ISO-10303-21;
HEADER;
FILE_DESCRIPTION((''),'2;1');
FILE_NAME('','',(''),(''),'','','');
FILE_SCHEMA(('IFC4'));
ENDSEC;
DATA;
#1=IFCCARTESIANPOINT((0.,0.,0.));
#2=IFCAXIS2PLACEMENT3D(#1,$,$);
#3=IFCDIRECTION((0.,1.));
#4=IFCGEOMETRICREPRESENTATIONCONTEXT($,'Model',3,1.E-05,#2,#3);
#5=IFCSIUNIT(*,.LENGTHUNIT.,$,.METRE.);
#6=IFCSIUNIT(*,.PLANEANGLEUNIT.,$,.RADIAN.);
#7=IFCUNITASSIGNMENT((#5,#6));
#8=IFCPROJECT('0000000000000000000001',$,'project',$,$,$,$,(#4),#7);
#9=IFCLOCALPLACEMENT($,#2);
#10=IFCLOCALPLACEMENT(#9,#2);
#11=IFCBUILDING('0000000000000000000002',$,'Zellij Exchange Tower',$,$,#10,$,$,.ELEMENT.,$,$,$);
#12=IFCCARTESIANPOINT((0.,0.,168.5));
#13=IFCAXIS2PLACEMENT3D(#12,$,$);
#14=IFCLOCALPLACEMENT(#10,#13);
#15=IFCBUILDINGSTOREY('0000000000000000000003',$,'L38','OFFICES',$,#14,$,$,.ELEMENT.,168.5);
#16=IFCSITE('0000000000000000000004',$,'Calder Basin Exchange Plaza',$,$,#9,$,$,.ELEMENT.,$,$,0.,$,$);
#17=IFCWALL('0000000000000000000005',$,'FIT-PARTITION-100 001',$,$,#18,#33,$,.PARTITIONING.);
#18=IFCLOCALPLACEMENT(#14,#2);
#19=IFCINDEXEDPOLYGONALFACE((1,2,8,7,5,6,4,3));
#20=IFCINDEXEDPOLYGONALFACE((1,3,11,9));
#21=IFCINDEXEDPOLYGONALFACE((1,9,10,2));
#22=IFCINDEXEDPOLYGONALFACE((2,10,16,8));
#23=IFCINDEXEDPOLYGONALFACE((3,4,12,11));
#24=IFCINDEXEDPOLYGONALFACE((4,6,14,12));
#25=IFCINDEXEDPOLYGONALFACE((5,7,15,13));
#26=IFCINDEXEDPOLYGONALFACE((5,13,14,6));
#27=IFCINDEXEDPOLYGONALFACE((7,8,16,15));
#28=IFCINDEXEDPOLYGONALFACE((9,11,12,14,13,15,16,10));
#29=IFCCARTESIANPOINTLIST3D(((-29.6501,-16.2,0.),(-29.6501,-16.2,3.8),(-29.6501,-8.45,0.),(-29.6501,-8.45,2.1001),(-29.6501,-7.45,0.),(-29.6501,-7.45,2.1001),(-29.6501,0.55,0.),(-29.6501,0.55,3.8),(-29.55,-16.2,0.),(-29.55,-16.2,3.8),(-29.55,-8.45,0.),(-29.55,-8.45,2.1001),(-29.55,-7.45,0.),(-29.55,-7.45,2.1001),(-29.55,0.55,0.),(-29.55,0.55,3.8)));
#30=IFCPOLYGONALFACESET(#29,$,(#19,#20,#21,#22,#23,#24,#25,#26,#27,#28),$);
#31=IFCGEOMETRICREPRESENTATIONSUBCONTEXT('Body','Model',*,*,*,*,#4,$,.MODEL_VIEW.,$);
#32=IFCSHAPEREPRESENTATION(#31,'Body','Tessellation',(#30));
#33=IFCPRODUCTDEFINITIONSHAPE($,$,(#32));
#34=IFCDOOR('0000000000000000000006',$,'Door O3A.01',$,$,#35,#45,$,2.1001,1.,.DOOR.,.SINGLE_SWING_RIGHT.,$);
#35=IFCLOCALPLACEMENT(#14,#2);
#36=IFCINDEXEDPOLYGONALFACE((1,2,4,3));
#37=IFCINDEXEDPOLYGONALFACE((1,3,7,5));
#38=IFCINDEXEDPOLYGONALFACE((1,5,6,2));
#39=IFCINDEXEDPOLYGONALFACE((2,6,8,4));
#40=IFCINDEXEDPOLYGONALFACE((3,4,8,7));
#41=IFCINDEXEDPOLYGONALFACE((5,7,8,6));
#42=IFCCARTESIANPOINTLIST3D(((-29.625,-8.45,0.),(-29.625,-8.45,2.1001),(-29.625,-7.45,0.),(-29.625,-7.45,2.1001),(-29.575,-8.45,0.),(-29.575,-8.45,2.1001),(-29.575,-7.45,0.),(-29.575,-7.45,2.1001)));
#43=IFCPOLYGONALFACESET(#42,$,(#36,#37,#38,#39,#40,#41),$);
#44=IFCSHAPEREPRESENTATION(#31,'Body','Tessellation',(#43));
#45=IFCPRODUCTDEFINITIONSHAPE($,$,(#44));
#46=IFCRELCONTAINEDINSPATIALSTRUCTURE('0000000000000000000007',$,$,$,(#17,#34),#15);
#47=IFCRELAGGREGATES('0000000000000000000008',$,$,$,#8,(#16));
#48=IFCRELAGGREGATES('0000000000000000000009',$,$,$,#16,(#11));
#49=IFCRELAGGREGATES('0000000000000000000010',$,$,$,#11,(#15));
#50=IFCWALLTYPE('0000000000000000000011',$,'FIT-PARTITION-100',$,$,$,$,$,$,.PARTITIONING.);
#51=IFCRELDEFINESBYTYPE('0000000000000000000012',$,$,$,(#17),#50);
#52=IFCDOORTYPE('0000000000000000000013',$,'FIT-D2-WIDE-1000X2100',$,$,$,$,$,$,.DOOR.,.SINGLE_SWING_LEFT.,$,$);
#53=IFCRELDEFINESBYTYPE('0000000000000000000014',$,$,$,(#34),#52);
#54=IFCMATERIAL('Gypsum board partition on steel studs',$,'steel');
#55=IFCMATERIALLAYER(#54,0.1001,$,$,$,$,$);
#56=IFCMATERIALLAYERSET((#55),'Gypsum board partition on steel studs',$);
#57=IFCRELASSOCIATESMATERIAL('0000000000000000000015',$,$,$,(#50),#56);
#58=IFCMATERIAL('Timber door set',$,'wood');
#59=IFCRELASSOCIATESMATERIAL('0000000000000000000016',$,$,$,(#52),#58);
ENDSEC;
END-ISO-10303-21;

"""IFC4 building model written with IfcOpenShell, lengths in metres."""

from ifc_helpers import new_model, si_unit, direction, frame, frame_2d, origin, place, context, subcontext, project, spatial, rectangle, extrude, material, layer, layer_set, type_object, element, fill, save


model = new_model("IFC4")

# Units and contexts
model_context = context("Model", 3, precision=1e-05, world=origin(), true_north=direction((0.0, 1.0)))
body_context = subcontext(model_context, "Body", "Model", "MODEL_VIEW")
ifc_project = project(units=[si_unit("LENGTHUNIT", "METRE"), si_unit("PLANEANGLEUNIT", "RADIAN")], contexts=[model_context])

# Site, building, storey
site_placement = place(None, origin())
site = spatial("IfcSite", under=ifc_project, at=site_placement, Name="Calder Basin Exchange Plaza", CompositionType="ELEMENT", RefElevation=0.0)
building_placement = place(site_placement, origin())
building = spatial("IfcBuilding", under=site, at=building_placement, Name="Zellij Exchange Tower", CompositionType="ELEMENT")
storey_placement = place(building_placement, frame((0.0, 0.0, 168.5)))
storey = spatial("IfcBuildingStorey", under=building, at=storey_placement, Name="L38", Description="OFFICES", CompositionType="ELEMENT", Elevation=168.5)

# Wall, opening, door
ifc_material_1 = material(Name="Gypsum board partition on steel studs", Category="steel")
ifc_layer_1 = layer(ifc_material_1, 0.1001)
ifc_layer_set_1 = layer_set([ifc_layer_1], Name="Gypsum board partition on steel studs")
wall_type_1 = type_object("IfcWallType", Name="FIT-PARTITION-100", PredefinedType="PARTITIONING", material=ifc_layer_set_1)
wall_1_placement = place(storey_placement, frame((-29.6001, -16.2, 0.0), z_axis=(0.0, 0.0, 1.0), x_axis=(0.0, 1.0, 0.0)))
wall_1 = element("IfcWall", 1, at=wall_1_placement, inside=storey, type_object=wall_type_1, Name="FIT-PARTITION-100 001", PredefinedType="PARTITIONING", context=body_context, shape_type="SweptSolid", body=[
    extrude(rectangle(XDim=16.75, YDim=0.1001, at=frame_2d((8.375, 0.0))), origin(), (0.0, 0.0, 1.0), 3.8),
])
opening_1_placement = place(wall_1_placement, frame((7.75, 0.0, 0.0)))
opening_1 = element("IfcOpeningElement", 2, at=opening_1_placement, cuts=wall_1, PredefinedType="OPENING", context=body_context, shape_type="SweptSolid", body=[
    extrude(rectangle(XDim=1.0, YDim=2.1001, at=frame_2d((0.5, 1.05))), frame((0.0, 0.062, 0.0), z_axis=(0.0, -1.0, 0.0), x_axis=(1.0, 0.0, 0.0)), (0.0, 0.0, 1.0), 0.124),
])
ifc_material_2 = material(Name="Timber door set", Category="wood")
door_type_1 = type_object("IfcDoorType", Name="FIT-D2-WIDE-1000X2100", OperationType="SINGLE_SWING_LEFT", PredefinedType="DOOR", material=ifc_material_2)
door_1_placement = place(opening_1_placement, origin())
door_1 = element("IfcDoor", 3, at=door_1_placement, inside=storey, type_object=door_type_1, Name="Door O3A.01", OperationType="SINGLE_SWING_RIGHT", OverallHeight=2.1001, OverallWidth=1.0, PredefinedType="DOOR", context=body_context, shape_type="SweptSolid", body=[
    extrude(rectangle(XDim=1.0, YDim=2.1001, at=frame_2d((0.5, 1.05))), frame((0.0, 0.0249, 0.0), z_axis=(0.0, -1.0, 0.0), x_axis=(1.0, 0.0, 0.0)), (0.0, 0.0, 1.0), 0.05),
])
fill(opening_1, door_1)

save(model, "model.ifc")
